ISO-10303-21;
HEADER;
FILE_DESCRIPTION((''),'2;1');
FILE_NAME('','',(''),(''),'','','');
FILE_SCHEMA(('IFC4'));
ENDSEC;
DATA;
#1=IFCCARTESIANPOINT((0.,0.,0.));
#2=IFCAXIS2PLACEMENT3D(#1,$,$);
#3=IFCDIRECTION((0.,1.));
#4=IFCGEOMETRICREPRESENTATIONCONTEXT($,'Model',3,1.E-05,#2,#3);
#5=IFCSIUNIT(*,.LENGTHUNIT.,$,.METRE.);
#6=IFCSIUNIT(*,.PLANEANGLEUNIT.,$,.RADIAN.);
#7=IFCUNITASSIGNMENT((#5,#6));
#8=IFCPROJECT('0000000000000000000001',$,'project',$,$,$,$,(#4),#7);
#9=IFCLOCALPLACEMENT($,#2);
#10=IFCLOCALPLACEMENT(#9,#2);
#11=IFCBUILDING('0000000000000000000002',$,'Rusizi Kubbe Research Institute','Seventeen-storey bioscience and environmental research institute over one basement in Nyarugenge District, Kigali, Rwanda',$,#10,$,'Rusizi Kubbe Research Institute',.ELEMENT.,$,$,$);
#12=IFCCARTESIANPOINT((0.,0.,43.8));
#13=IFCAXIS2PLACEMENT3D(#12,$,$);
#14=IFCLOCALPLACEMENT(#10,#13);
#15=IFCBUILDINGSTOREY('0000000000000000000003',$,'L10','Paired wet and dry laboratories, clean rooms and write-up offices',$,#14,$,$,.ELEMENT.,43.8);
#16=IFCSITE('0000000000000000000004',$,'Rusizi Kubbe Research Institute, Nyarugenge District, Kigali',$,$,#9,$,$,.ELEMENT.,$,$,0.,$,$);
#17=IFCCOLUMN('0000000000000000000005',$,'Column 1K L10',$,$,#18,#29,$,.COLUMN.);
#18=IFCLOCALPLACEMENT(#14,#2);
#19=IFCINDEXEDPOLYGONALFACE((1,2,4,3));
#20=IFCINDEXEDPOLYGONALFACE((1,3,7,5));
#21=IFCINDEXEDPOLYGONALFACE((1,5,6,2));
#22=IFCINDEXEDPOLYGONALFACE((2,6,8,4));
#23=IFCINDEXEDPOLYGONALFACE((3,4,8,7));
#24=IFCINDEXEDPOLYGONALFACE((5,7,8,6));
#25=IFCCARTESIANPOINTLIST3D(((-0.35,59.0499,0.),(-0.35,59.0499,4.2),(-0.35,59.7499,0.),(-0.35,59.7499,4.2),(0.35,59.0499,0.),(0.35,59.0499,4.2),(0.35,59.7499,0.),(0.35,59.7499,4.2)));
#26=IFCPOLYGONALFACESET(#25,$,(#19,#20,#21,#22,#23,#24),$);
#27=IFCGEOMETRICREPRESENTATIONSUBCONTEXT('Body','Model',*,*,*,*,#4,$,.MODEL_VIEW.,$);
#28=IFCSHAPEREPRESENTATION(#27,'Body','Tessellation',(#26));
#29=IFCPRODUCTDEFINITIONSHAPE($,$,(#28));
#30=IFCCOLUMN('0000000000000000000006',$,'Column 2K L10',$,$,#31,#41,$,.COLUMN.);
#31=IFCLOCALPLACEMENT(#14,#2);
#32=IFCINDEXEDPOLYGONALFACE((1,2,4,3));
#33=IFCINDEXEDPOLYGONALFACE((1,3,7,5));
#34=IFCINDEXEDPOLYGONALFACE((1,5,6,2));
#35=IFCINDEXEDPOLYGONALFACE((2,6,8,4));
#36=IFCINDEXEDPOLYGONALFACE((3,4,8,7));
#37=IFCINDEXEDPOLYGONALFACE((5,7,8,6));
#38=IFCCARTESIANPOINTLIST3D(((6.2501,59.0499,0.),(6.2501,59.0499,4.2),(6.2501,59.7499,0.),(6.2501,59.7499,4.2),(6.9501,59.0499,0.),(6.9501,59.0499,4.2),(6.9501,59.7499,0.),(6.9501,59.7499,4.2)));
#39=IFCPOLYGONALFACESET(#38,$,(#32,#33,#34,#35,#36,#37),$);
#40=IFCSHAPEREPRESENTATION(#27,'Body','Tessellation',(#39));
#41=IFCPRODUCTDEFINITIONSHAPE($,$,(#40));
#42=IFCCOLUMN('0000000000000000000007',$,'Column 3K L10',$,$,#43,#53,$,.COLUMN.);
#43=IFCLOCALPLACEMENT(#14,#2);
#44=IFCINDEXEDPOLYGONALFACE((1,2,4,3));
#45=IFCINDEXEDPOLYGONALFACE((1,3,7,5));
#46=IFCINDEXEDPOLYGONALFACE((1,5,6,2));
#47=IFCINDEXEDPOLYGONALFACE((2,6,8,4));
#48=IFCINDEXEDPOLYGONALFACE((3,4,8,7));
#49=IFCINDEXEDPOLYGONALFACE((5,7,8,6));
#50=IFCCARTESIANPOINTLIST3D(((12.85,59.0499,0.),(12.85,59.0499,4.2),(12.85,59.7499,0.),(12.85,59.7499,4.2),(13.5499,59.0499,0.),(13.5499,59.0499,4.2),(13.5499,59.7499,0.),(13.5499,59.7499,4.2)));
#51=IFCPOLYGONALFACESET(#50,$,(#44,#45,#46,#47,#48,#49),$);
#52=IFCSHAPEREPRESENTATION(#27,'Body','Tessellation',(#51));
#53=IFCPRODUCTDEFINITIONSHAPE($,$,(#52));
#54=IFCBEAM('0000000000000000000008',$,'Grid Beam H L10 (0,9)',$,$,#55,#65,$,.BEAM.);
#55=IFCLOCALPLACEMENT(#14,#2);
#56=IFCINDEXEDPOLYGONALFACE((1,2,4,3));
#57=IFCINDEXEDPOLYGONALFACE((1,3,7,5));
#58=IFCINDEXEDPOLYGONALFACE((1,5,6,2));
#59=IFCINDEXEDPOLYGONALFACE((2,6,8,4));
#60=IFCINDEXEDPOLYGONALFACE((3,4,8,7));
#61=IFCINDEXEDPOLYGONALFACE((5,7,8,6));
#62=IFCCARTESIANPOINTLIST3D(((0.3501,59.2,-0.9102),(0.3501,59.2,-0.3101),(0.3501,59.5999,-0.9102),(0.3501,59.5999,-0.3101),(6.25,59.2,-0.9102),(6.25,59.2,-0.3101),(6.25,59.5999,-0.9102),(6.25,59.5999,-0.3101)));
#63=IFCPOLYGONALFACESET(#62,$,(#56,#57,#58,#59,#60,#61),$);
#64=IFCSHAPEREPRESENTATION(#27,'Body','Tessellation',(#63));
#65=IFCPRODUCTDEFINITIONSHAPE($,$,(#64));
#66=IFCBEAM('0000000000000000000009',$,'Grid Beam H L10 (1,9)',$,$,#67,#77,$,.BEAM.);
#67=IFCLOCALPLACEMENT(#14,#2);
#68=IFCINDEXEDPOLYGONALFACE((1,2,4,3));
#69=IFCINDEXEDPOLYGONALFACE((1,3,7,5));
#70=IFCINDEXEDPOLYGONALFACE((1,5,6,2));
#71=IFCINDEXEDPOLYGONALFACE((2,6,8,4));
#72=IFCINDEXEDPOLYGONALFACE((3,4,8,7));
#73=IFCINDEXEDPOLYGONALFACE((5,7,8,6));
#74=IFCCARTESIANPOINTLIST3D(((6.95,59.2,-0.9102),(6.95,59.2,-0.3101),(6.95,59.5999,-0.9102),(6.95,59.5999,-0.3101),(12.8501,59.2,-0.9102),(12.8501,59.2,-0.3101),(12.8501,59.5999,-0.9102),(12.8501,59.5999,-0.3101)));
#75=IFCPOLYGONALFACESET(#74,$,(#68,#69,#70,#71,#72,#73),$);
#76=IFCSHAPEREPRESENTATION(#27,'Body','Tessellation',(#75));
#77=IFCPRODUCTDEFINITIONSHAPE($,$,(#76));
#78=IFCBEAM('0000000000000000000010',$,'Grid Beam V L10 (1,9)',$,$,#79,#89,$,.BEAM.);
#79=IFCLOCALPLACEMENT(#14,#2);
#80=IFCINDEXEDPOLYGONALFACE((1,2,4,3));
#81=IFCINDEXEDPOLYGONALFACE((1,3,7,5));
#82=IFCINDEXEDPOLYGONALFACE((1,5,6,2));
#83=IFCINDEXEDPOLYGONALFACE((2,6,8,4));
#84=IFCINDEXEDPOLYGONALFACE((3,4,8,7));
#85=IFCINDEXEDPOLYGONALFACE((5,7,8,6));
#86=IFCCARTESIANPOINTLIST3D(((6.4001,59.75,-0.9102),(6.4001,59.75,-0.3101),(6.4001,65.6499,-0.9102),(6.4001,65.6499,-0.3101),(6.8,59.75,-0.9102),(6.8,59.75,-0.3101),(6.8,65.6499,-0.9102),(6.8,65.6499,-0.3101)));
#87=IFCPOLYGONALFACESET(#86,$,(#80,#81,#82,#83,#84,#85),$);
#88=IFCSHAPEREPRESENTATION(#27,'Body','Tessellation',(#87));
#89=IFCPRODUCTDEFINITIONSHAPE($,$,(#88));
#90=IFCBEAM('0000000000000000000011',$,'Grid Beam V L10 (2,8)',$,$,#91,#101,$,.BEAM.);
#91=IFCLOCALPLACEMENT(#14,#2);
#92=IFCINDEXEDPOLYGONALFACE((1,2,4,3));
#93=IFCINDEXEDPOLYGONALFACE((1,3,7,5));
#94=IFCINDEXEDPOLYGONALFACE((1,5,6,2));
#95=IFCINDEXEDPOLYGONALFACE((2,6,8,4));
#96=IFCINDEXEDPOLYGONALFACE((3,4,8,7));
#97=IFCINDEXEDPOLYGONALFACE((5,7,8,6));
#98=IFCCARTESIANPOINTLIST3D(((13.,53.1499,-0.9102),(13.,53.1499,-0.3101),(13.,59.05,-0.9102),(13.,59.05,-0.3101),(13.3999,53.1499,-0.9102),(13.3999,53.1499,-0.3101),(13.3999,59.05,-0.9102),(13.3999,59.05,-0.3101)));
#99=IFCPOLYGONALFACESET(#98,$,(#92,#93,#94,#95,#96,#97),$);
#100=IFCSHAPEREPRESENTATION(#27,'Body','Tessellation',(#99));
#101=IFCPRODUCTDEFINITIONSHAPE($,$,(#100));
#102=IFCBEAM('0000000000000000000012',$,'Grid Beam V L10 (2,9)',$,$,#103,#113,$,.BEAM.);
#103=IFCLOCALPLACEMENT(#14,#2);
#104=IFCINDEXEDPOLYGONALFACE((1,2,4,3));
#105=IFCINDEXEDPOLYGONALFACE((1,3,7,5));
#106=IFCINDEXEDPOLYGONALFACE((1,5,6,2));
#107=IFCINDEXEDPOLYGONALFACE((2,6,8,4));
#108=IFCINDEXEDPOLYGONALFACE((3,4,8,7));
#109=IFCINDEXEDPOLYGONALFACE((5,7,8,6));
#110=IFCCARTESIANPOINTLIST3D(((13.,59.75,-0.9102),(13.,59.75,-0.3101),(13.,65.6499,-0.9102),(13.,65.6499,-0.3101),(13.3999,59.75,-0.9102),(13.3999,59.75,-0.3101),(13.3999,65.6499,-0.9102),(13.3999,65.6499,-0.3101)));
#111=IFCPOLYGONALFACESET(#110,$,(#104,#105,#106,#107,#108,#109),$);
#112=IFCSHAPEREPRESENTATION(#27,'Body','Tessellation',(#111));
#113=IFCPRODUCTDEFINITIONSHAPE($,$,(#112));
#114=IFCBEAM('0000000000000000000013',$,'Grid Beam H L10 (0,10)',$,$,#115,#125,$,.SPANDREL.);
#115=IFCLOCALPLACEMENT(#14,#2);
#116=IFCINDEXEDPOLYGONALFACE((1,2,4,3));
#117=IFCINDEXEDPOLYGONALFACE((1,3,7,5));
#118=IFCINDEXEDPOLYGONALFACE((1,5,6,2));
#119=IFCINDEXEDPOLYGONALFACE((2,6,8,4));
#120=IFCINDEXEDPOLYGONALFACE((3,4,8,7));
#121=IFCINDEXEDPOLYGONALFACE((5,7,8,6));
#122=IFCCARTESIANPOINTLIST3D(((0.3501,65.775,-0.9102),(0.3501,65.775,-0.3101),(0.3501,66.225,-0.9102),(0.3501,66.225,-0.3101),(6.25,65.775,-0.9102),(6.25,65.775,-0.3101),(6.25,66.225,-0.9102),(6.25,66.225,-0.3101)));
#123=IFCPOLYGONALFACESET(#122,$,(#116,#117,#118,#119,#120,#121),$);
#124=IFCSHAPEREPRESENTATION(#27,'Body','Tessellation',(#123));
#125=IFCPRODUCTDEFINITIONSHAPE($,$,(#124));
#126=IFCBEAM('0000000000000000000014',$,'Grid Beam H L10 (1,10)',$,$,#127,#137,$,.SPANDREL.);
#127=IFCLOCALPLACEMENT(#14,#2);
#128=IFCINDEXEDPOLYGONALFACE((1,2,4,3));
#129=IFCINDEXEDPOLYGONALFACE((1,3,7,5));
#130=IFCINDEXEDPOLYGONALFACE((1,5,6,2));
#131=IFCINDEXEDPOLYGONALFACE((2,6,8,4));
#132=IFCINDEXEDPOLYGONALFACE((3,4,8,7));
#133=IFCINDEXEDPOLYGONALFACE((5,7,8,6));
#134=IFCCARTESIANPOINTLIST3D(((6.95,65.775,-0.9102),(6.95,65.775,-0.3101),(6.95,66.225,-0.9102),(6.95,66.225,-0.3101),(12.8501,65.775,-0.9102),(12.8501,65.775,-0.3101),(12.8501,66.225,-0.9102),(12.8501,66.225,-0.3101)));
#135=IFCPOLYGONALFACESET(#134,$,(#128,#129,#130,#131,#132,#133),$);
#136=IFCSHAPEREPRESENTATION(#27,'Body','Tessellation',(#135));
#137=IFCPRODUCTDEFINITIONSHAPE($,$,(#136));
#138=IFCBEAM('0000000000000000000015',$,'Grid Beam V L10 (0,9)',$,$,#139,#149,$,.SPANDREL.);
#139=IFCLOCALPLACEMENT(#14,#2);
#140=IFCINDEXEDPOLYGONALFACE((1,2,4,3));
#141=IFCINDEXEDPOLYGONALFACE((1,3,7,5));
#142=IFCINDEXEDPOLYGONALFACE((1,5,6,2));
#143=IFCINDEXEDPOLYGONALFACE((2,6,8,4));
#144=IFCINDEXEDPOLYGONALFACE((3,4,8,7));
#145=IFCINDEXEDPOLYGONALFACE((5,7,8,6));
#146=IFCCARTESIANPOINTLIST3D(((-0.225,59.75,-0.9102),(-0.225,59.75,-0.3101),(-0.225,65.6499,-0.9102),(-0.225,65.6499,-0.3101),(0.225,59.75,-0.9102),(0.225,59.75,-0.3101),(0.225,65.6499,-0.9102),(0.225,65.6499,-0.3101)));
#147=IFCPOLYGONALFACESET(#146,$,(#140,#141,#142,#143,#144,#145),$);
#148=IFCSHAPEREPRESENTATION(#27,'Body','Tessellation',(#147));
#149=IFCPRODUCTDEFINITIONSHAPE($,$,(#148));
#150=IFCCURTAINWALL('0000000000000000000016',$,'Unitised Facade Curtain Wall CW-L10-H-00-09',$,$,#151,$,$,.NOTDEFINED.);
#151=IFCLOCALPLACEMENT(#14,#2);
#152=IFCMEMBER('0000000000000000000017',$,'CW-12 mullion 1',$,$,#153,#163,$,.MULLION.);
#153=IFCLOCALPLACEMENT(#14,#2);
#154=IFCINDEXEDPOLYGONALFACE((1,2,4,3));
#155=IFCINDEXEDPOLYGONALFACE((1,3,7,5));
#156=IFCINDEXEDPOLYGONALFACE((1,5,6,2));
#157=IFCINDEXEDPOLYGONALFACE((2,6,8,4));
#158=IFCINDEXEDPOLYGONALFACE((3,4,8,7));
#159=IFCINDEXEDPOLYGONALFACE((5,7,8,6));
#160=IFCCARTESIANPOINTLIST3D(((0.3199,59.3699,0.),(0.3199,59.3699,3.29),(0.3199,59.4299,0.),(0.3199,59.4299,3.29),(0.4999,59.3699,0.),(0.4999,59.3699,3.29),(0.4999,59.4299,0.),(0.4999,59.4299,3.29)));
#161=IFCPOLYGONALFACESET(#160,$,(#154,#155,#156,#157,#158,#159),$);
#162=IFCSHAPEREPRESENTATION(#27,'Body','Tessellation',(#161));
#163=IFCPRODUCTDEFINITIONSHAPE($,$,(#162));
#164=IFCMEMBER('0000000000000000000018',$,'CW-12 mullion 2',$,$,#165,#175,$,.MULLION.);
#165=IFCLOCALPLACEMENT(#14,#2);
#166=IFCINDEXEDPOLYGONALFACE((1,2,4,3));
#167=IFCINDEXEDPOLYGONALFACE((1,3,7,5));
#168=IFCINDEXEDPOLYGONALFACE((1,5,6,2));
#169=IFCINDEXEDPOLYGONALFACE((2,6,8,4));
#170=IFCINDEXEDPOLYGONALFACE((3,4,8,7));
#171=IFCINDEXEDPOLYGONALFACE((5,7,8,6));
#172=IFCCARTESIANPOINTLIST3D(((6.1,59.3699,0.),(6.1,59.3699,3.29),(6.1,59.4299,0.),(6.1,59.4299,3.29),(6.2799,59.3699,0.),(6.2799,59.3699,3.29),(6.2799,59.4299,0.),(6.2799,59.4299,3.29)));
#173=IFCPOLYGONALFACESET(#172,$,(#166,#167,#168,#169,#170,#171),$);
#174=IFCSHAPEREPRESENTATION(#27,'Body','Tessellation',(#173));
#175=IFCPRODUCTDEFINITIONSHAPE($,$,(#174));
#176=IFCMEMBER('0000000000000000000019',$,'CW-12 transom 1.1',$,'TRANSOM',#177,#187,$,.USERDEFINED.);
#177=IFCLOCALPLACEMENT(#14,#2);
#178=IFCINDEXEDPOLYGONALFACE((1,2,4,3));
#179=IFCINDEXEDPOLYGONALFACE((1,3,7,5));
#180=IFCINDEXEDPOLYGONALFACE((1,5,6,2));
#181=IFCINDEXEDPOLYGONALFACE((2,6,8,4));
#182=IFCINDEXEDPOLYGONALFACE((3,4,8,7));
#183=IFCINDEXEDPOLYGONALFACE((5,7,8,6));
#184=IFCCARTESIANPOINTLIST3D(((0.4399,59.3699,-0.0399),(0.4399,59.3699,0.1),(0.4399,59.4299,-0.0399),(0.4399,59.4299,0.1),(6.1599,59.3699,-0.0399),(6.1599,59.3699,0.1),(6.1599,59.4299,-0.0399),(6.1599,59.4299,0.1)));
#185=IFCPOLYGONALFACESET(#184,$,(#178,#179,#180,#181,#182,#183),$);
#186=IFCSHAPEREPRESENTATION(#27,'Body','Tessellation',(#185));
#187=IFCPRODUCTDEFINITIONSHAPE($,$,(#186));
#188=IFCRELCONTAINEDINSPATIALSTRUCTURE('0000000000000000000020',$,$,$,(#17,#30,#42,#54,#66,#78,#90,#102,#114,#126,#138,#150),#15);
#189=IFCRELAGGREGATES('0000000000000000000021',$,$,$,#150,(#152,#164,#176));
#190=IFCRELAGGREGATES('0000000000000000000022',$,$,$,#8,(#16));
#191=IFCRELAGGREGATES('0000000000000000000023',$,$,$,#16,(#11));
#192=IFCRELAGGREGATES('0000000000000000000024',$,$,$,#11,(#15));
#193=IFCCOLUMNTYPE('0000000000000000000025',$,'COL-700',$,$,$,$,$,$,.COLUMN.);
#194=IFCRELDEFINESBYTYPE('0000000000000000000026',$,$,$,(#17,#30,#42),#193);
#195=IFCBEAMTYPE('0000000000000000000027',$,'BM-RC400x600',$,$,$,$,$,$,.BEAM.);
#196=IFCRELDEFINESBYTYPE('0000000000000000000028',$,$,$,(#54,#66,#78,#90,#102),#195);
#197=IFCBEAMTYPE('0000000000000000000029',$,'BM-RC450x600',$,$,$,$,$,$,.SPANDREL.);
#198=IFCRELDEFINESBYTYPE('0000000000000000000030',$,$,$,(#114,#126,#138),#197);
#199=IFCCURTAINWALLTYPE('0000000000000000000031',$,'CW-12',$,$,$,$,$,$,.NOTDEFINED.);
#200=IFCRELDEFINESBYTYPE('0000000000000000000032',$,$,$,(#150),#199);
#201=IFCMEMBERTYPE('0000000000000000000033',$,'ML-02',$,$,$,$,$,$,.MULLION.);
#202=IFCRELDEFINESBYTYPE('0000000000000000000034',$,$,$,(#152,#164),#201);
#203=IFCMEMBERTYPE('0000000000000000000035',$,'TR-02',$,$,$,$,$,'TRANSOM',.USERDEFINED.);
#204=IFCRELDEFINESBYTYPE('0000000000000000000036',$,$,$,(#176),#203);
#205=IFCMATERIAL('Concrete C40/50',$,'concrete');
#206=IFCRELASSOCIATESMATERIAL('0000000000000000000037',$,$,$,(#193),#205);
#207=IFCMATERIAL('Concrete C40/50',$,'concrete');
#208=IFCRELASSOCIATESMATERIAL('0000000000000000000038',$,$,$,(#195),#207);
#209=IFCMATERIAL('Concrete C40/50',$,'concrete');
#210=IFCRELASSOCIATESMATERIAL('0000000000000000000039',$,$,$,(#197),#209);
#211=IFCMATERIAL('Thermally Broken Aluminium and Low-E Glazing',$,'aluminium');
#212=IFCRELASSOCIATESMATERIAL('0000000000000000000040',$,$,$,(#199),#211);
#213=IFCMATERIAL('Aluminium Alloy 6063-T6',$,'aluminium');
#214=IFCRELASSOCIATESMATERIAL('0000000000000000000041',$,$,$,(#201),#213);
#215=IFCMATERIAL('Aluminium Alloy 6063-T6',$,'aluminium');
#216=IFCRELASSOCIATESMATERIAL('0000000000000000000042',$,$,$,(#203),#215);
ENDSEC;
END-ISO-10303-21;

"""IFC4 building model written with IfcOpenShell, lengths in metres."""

from ifc_helpers import new_model, si_unit, direction, frame, origin, origin_2d, place, context, subcontext, project, spatial, rectangle, extrude, material, material_profile, profile_set, type_object, element, aggregate, save


model = new_model("IFC4")

# Units and contexts
model_context = context("Model", 3, precision=1e-05, world=origin(), true_north=direction((0.0, 1.0)))
body_context = subcontext(model_context, "Body", "Model", "MODEL_VIEW")
ifc_project = project(units=[si_unit("LENGTHUNIT", "METRE"), si_unit("PLANEANGLEUNIT", "RADIAN")], contexts=[model_context])

# Site, building, storey
site_placement = place(None, origin())
site = spatial("IfcSite", under=ifc_project, at=site_placement, Name="Rusizi Kubbe Research Institute, Nyarugenge District, Kigali", CompositionType="ELEMENT", RefElevation=0.0)
building_placement = place(site_placement, origin())
building = spatial("IfcBuilding", under=site, at=building_placement, Name="Rusizi Kubbe Research Institute", Description="Seventeen-storey bioscience and environmental research institute over one basement in Nyarugenge District, Kigali, Rwanda", LongName="Rusizi Kubbe Research Institute", CompositionType="ELEMENT")
storey_placement = place(building_placement, frame((0.0, 0.0, 43.8)))
storey = spatial("IfcBuildingStorey", under=building, at=storey_placement, Name="L10", Description="Paired wet and dry laboratories, clean rooms and write-up offices", CompositionType="ELEMENT", Elevation=43.8)

# Columns
ifc_material_1 = material(Name="Concrete C40/50", Category="concrete")
ifc_material_profile_1 = material_profile(ifc_material_1, rectangle(XDim=0.7, YDim=0.7, at=origin_2d()), Name="RC700x700")
ifc_profile_set_1 = profile_set([ifc_material_profile_1], Name="Concrete C40/50")
column_type = type_object("IfcColumnType", Name="COL-700", PredefinedType="COLUMN", material=ifc_profile_set_1)
for number, where, z_axis, x_axis, name in (
    (1, (0.0, 59.3999, 0.0), (0.0, 0.0, 1.0), (1.0, 0.0, 0.0), "Column 1K L10"),
    (2, (6.6001, 59.3999, 0.0), (0.0, 0.0, 1.0), (1.0, 0.0, 0.0), "Column 2K L10"),
    (3, (13.2, 59.3999, 0.0), (0.0, 0.0, 1.0), (1.0, 0.0, 0.0), "Column 3K L10"),
):
    element("IfcColumn", number, at=place(storey_placement, frame(where, z_axis=z_axis, x_axis=x_axis)), inside=storey, type_object=column_type, Name=name, PredefinedType="COLUMN", context=body_context, shape_type="SweptSolid", body=[
        extrude(rectangle(XDim=0.7, YDim=0.7, at=origin_2d()), origin(), (0.0, 0.0, 1.0), 4.2),
    ])

# Beams
ifc_material_2 = material(Name="Concrete C40/50", Category="concrete")
ifc_material_profile_2 = material_profile(ifc_material_2, rectangle(XDim=0.3999, YDim=0.6001, at=origin_2d()), Name="RC400x600")
ifc_profile_set_2 = profile_set([ifc_material_profile_2], Name="Concrete C40/50")
beam_type_1 = type_object("IfcBeamType", Name="BM-RC400x600", PredefinedType="BEAM", material=ifc_profile_set_2)
beam_1_placement = place(storey_placement, frame((0.3501, 59.3999, -0.6101), z_axis=(1.0, 0.0, 0.0), x_axis=(0.0, 1.0, 0.0)))
element("IfcBeam", 4, at=beam_1_placement, inside=storey, type_object=beam_type_1, Name="Grid Beam H L10 (0,9)", PredefinedType="BEAM", context=body_context, shape_type="SweptSolid", body=[
    extrude(rectangle(XDim=0.3999, YDim=0.6001, at=origin_2d()), origin(), (0.0, 0.0, 1.0), 5.8999),
])
beam_2_placement = place(storey_placement, frame((6.95, 59.3999, -0.6101), z_axis=(1.0, 0.0, 0.0), x_axis=(0.0, 1.0, 0.0)))
element("IfcBeam", 5, at=beam_2_placement, inside=storey, type_object=beam_type_1, Name="Grid Beam H L10 (1,9)", PredefinedType="BEAM", context=body_context, shape_type="SweptSolid", body=[
    extrude(rectangle(XDim=0.3999, YDim=0.6001, at=origin_2d()), origin(), (0.0, 0.0, 1.0), 5.9001),
])
beam_3_placement = place(storey_placement, frame((6.6001, 59.75, -0.6101), z_axis=(0.0, 1.0, 0.0), x_axis=(-1.0, 0.0, 0.0)))
element("IfcBeam", 6, at=beam_3_placement, inside=storey, type_object=beam_type_1, Name="Grid Beam V L10 (1,9)", PredefinedType="BEAM", context=body_context, shape_type="SweptSolid", body=[
    extrude(rectangle(XDim=0.3999, YDim=0.6001, at=origin_2d()), origin(), (0.0, 0.0, 1.0), 5.8999),
])
beam_4_placement = place(storey_placement, frame((13.2, 53.1499, -0.6101), z_axis=(0.0, 1.0, 0.0), x_axis=(-1.0, 0.0, 0.0)))
element("IfcBeam", 7, at=beam_4_placement, inside=storey, type_object=beam_type_1, Name="Grid Beam V L10 (2,8)", PredefinedType="BEAM", context=body_context, shape_type="SweptSolid", body=[
    extrude(rectangle(XDim=0.3999, YDim=0.6001, at=origin_2d()), origin(), (0.0, 0.0, 1.0), 5.9001),
])
beam_5_placement = place(storey_placement, frame((13.2, 59.75, -0.6101), z_axis=(0.0, 1.0, 0.0), x_axis=(-1.0, 0.0, 0.0)))
element("IfcBeam", 8, at=beam_5_placement, inside=storey, type_object=beam_type_1, Name="Grid Beam V L10 (2,9)", PredefinedType="BEAM", context=body_context, shape_type="SweptSolid", body=[
    extrude(rectangle(XDim=0.3999, YDim=0.6001, at=origin_2d()), origin(), (0.0, 0.0, 1.0), 5.8999),
])
ifc_material_3 = material(Name="Concrete C40/50", Category="concrete")
ifc_material_profile_3 = material_profile(ifc_material_3, rectangle(XDim=0.45, YDim=0.6001, at=origin_2d()), Name="RC450x600")
ifc_profile_set_3 = profile_set([ifc_material_profile_3], Name="Concrete C40/50")
beam_type_2 = type_object("IfcBeamType", Name="BM-RC450x600", PredefinedType="SPANDREL", material=ifc_profile_set_3)
beam_6_placement = place(storey_placement, frame((0.3501, 66.0, -0.6101), z_axis=(1.0, 0.0, 0.0), x_axis=(0.0, 1.0, 0.0)))
element("IfcBeam", 9, at=beam_6_placement, inside=storey, type_object=beam_type_2, Name="Grid Beam H L10 (0,10)", PredefinedType="SPANDREL", context=body_context, shape_type="SweptSolid", body=[
    extrude(rectangle(XDim=0.45, YDim=0.6001, at=origin_2d()), origin(), (0.0, 0.0, 1.0), 5.8999),
])
beam_7_placement = place(storey_placement, frame((6.95, 66.0, -0.6101), z_axis=(1.0, 0.0, 0.0), x_axis=(0.0, 1.0, 0.0)))
element("IfcBeam", 10, at=beam_7_placement, inside=storey, type_object=beam_type_2, Name="Grid Beam H L10 (1,10)", PredefinedType="SPANDREL", context=body_context, shape_type="SweptSolid", body=[
    extrude(rectangle(XDim=0.45, YDim=0.6001, at=origin_2d()), origin(), (0.0, 0.0, 1.0), 5.9001),
])
beam_8_placement = place(storey_placement, frame((0.0, 59.75, -0.6101), z_axis=(0.0, 1.0, 0.0), x_axis=(-1.0, 0.0, 0.0)))
element("IfcBeam", 11, at=beam_8_placement, inside=storey, type_object=beam_type_2, Name="Grid Beam V L10 (0,9)", PredefinedType="SPANDREL", context=body_context, shape_type="SweptSolid", body=[
    extrude(rectangle(XDim=0.45, YDim=0.6001, at=origin_2d()), origin(), (0.0, 0.0, 1.0), 5.8999),
])

# Curtain wall, members
ifc_material_4 = material(Name="Thermally Broken Aluminium and Low-E Glazing", Category="aluminium")
curtain_wall_type = type_object("IfcCurtainWallType", Name="CW-12", PredefinedType="NOTDEFINED", material=ifc_material_4)
curtain_wall_placement = place(storey_placement, origin())
curtain_wall = element("IfcCurtainWall", 12, at=curtain_wall_placement, inside=storey, type_object=curtain_wall_type, Name="Unitised Facade Curtain Wall CW-L10-H-00-09", PredefinedType="NOTDEFINED")
ifc_material_5 = material(Name="Aluminium Alloy 6063-T6", Category="aluminium")
ifc_material_profile_4 = material_profile(ifc_material_5, rectangle(XDim=0.0601, YDim=0.1799, at=origin_2d()), Name="ALU-M 60x180")
ifc_profile_set_4 = profile_set([ifc_material_profile_4], Name="Aluminium Alloy 6063-T6")
member_type_1 = type_object("IfcMemberType", Name="ML-02", PredefinedType="MULLION", material=ifc_profile_set_4)
member_1_placement = place(storey_placement, frame((0.4099, 59.3999, 0.0), z_axis=(0.0, 0.0, 1.0), x_axis=(0.0, 1.0, 0.0)))
member_1 = element("IfcMember", 13, at=member_1_placement, type_object=member_type_1, Name="CW-12 mullion 1", PredefinedType="MULLION", context=body_context, shape_type="SweptSolid", body=[
    extrude(rectangle(XDim=0.0601, YDim=0.1799, at=origin_2d()), origin(), (0.0, 0.0, 1.0), 3.29),
])
member_2_placement = place(storey_placement, frame((6.1899, 59.3999, 0.0), z_axis=(0.0, 0.0, 1.0), x_axis=(0.0, 1.0, 0.0)))
member_2 = element("IfcMember", 14, at=member_2_placement, type_object=member_type_1, Name="CW-12 mullion 2", PredefinedType="MULLION", context=body_context, shape_type="SweptSolid", body=[
    extrude(rectangle(XDim=0.0601, YDim=0.1799, at=origin_2d()), origin(), (0.0, 0.0, 1.0), 3.29),
])
ifc_material_6 = material(Name="Aluminium Alloy 6063-T6", Category="aluminium")
ifc_material_profile_5 = material_profile(ifc_material_6, rectangle(XDim=0.0601, YDim=0.1399, at=origin_2d()), Name="ALU-T 60x140")
ifc_profile_set_5 = profile_set([ifc_material_profile_5], Name="Aluminium Alloy 6063-T6")
member_type_2 = type_object("IfcMemberType", Name="TR-02", ElementType="TRANSOM", PredefinedType="USERDEFINED", material=ifc_profile_set_5)
member_3_placement = place(storey_placement, frame((0.4399, 59.3999, 0.03), z_axis=(1.0, 0.0, 0.0), x_axis=(0.0, 1.0, 0.0)))
member_3 = element("IfcMember", 15, at=member_3_placement, type_object=member_type_2, Name="CW-12 transom 1.1", ObjectType="TRANSOM", PredefinedType="USERDEFINED", context=body_context, shape_type="SweptSolid", body=[
    extrude(rectangle(XDim=0.0601, YDim=0.1399, at=origin_2d()), origin(), (0.0, 0.0, 1.0), 5.72),
])
aggregate(curtain_wall, [member_1, member_2, member_3])

save(model, "model.ifc")
